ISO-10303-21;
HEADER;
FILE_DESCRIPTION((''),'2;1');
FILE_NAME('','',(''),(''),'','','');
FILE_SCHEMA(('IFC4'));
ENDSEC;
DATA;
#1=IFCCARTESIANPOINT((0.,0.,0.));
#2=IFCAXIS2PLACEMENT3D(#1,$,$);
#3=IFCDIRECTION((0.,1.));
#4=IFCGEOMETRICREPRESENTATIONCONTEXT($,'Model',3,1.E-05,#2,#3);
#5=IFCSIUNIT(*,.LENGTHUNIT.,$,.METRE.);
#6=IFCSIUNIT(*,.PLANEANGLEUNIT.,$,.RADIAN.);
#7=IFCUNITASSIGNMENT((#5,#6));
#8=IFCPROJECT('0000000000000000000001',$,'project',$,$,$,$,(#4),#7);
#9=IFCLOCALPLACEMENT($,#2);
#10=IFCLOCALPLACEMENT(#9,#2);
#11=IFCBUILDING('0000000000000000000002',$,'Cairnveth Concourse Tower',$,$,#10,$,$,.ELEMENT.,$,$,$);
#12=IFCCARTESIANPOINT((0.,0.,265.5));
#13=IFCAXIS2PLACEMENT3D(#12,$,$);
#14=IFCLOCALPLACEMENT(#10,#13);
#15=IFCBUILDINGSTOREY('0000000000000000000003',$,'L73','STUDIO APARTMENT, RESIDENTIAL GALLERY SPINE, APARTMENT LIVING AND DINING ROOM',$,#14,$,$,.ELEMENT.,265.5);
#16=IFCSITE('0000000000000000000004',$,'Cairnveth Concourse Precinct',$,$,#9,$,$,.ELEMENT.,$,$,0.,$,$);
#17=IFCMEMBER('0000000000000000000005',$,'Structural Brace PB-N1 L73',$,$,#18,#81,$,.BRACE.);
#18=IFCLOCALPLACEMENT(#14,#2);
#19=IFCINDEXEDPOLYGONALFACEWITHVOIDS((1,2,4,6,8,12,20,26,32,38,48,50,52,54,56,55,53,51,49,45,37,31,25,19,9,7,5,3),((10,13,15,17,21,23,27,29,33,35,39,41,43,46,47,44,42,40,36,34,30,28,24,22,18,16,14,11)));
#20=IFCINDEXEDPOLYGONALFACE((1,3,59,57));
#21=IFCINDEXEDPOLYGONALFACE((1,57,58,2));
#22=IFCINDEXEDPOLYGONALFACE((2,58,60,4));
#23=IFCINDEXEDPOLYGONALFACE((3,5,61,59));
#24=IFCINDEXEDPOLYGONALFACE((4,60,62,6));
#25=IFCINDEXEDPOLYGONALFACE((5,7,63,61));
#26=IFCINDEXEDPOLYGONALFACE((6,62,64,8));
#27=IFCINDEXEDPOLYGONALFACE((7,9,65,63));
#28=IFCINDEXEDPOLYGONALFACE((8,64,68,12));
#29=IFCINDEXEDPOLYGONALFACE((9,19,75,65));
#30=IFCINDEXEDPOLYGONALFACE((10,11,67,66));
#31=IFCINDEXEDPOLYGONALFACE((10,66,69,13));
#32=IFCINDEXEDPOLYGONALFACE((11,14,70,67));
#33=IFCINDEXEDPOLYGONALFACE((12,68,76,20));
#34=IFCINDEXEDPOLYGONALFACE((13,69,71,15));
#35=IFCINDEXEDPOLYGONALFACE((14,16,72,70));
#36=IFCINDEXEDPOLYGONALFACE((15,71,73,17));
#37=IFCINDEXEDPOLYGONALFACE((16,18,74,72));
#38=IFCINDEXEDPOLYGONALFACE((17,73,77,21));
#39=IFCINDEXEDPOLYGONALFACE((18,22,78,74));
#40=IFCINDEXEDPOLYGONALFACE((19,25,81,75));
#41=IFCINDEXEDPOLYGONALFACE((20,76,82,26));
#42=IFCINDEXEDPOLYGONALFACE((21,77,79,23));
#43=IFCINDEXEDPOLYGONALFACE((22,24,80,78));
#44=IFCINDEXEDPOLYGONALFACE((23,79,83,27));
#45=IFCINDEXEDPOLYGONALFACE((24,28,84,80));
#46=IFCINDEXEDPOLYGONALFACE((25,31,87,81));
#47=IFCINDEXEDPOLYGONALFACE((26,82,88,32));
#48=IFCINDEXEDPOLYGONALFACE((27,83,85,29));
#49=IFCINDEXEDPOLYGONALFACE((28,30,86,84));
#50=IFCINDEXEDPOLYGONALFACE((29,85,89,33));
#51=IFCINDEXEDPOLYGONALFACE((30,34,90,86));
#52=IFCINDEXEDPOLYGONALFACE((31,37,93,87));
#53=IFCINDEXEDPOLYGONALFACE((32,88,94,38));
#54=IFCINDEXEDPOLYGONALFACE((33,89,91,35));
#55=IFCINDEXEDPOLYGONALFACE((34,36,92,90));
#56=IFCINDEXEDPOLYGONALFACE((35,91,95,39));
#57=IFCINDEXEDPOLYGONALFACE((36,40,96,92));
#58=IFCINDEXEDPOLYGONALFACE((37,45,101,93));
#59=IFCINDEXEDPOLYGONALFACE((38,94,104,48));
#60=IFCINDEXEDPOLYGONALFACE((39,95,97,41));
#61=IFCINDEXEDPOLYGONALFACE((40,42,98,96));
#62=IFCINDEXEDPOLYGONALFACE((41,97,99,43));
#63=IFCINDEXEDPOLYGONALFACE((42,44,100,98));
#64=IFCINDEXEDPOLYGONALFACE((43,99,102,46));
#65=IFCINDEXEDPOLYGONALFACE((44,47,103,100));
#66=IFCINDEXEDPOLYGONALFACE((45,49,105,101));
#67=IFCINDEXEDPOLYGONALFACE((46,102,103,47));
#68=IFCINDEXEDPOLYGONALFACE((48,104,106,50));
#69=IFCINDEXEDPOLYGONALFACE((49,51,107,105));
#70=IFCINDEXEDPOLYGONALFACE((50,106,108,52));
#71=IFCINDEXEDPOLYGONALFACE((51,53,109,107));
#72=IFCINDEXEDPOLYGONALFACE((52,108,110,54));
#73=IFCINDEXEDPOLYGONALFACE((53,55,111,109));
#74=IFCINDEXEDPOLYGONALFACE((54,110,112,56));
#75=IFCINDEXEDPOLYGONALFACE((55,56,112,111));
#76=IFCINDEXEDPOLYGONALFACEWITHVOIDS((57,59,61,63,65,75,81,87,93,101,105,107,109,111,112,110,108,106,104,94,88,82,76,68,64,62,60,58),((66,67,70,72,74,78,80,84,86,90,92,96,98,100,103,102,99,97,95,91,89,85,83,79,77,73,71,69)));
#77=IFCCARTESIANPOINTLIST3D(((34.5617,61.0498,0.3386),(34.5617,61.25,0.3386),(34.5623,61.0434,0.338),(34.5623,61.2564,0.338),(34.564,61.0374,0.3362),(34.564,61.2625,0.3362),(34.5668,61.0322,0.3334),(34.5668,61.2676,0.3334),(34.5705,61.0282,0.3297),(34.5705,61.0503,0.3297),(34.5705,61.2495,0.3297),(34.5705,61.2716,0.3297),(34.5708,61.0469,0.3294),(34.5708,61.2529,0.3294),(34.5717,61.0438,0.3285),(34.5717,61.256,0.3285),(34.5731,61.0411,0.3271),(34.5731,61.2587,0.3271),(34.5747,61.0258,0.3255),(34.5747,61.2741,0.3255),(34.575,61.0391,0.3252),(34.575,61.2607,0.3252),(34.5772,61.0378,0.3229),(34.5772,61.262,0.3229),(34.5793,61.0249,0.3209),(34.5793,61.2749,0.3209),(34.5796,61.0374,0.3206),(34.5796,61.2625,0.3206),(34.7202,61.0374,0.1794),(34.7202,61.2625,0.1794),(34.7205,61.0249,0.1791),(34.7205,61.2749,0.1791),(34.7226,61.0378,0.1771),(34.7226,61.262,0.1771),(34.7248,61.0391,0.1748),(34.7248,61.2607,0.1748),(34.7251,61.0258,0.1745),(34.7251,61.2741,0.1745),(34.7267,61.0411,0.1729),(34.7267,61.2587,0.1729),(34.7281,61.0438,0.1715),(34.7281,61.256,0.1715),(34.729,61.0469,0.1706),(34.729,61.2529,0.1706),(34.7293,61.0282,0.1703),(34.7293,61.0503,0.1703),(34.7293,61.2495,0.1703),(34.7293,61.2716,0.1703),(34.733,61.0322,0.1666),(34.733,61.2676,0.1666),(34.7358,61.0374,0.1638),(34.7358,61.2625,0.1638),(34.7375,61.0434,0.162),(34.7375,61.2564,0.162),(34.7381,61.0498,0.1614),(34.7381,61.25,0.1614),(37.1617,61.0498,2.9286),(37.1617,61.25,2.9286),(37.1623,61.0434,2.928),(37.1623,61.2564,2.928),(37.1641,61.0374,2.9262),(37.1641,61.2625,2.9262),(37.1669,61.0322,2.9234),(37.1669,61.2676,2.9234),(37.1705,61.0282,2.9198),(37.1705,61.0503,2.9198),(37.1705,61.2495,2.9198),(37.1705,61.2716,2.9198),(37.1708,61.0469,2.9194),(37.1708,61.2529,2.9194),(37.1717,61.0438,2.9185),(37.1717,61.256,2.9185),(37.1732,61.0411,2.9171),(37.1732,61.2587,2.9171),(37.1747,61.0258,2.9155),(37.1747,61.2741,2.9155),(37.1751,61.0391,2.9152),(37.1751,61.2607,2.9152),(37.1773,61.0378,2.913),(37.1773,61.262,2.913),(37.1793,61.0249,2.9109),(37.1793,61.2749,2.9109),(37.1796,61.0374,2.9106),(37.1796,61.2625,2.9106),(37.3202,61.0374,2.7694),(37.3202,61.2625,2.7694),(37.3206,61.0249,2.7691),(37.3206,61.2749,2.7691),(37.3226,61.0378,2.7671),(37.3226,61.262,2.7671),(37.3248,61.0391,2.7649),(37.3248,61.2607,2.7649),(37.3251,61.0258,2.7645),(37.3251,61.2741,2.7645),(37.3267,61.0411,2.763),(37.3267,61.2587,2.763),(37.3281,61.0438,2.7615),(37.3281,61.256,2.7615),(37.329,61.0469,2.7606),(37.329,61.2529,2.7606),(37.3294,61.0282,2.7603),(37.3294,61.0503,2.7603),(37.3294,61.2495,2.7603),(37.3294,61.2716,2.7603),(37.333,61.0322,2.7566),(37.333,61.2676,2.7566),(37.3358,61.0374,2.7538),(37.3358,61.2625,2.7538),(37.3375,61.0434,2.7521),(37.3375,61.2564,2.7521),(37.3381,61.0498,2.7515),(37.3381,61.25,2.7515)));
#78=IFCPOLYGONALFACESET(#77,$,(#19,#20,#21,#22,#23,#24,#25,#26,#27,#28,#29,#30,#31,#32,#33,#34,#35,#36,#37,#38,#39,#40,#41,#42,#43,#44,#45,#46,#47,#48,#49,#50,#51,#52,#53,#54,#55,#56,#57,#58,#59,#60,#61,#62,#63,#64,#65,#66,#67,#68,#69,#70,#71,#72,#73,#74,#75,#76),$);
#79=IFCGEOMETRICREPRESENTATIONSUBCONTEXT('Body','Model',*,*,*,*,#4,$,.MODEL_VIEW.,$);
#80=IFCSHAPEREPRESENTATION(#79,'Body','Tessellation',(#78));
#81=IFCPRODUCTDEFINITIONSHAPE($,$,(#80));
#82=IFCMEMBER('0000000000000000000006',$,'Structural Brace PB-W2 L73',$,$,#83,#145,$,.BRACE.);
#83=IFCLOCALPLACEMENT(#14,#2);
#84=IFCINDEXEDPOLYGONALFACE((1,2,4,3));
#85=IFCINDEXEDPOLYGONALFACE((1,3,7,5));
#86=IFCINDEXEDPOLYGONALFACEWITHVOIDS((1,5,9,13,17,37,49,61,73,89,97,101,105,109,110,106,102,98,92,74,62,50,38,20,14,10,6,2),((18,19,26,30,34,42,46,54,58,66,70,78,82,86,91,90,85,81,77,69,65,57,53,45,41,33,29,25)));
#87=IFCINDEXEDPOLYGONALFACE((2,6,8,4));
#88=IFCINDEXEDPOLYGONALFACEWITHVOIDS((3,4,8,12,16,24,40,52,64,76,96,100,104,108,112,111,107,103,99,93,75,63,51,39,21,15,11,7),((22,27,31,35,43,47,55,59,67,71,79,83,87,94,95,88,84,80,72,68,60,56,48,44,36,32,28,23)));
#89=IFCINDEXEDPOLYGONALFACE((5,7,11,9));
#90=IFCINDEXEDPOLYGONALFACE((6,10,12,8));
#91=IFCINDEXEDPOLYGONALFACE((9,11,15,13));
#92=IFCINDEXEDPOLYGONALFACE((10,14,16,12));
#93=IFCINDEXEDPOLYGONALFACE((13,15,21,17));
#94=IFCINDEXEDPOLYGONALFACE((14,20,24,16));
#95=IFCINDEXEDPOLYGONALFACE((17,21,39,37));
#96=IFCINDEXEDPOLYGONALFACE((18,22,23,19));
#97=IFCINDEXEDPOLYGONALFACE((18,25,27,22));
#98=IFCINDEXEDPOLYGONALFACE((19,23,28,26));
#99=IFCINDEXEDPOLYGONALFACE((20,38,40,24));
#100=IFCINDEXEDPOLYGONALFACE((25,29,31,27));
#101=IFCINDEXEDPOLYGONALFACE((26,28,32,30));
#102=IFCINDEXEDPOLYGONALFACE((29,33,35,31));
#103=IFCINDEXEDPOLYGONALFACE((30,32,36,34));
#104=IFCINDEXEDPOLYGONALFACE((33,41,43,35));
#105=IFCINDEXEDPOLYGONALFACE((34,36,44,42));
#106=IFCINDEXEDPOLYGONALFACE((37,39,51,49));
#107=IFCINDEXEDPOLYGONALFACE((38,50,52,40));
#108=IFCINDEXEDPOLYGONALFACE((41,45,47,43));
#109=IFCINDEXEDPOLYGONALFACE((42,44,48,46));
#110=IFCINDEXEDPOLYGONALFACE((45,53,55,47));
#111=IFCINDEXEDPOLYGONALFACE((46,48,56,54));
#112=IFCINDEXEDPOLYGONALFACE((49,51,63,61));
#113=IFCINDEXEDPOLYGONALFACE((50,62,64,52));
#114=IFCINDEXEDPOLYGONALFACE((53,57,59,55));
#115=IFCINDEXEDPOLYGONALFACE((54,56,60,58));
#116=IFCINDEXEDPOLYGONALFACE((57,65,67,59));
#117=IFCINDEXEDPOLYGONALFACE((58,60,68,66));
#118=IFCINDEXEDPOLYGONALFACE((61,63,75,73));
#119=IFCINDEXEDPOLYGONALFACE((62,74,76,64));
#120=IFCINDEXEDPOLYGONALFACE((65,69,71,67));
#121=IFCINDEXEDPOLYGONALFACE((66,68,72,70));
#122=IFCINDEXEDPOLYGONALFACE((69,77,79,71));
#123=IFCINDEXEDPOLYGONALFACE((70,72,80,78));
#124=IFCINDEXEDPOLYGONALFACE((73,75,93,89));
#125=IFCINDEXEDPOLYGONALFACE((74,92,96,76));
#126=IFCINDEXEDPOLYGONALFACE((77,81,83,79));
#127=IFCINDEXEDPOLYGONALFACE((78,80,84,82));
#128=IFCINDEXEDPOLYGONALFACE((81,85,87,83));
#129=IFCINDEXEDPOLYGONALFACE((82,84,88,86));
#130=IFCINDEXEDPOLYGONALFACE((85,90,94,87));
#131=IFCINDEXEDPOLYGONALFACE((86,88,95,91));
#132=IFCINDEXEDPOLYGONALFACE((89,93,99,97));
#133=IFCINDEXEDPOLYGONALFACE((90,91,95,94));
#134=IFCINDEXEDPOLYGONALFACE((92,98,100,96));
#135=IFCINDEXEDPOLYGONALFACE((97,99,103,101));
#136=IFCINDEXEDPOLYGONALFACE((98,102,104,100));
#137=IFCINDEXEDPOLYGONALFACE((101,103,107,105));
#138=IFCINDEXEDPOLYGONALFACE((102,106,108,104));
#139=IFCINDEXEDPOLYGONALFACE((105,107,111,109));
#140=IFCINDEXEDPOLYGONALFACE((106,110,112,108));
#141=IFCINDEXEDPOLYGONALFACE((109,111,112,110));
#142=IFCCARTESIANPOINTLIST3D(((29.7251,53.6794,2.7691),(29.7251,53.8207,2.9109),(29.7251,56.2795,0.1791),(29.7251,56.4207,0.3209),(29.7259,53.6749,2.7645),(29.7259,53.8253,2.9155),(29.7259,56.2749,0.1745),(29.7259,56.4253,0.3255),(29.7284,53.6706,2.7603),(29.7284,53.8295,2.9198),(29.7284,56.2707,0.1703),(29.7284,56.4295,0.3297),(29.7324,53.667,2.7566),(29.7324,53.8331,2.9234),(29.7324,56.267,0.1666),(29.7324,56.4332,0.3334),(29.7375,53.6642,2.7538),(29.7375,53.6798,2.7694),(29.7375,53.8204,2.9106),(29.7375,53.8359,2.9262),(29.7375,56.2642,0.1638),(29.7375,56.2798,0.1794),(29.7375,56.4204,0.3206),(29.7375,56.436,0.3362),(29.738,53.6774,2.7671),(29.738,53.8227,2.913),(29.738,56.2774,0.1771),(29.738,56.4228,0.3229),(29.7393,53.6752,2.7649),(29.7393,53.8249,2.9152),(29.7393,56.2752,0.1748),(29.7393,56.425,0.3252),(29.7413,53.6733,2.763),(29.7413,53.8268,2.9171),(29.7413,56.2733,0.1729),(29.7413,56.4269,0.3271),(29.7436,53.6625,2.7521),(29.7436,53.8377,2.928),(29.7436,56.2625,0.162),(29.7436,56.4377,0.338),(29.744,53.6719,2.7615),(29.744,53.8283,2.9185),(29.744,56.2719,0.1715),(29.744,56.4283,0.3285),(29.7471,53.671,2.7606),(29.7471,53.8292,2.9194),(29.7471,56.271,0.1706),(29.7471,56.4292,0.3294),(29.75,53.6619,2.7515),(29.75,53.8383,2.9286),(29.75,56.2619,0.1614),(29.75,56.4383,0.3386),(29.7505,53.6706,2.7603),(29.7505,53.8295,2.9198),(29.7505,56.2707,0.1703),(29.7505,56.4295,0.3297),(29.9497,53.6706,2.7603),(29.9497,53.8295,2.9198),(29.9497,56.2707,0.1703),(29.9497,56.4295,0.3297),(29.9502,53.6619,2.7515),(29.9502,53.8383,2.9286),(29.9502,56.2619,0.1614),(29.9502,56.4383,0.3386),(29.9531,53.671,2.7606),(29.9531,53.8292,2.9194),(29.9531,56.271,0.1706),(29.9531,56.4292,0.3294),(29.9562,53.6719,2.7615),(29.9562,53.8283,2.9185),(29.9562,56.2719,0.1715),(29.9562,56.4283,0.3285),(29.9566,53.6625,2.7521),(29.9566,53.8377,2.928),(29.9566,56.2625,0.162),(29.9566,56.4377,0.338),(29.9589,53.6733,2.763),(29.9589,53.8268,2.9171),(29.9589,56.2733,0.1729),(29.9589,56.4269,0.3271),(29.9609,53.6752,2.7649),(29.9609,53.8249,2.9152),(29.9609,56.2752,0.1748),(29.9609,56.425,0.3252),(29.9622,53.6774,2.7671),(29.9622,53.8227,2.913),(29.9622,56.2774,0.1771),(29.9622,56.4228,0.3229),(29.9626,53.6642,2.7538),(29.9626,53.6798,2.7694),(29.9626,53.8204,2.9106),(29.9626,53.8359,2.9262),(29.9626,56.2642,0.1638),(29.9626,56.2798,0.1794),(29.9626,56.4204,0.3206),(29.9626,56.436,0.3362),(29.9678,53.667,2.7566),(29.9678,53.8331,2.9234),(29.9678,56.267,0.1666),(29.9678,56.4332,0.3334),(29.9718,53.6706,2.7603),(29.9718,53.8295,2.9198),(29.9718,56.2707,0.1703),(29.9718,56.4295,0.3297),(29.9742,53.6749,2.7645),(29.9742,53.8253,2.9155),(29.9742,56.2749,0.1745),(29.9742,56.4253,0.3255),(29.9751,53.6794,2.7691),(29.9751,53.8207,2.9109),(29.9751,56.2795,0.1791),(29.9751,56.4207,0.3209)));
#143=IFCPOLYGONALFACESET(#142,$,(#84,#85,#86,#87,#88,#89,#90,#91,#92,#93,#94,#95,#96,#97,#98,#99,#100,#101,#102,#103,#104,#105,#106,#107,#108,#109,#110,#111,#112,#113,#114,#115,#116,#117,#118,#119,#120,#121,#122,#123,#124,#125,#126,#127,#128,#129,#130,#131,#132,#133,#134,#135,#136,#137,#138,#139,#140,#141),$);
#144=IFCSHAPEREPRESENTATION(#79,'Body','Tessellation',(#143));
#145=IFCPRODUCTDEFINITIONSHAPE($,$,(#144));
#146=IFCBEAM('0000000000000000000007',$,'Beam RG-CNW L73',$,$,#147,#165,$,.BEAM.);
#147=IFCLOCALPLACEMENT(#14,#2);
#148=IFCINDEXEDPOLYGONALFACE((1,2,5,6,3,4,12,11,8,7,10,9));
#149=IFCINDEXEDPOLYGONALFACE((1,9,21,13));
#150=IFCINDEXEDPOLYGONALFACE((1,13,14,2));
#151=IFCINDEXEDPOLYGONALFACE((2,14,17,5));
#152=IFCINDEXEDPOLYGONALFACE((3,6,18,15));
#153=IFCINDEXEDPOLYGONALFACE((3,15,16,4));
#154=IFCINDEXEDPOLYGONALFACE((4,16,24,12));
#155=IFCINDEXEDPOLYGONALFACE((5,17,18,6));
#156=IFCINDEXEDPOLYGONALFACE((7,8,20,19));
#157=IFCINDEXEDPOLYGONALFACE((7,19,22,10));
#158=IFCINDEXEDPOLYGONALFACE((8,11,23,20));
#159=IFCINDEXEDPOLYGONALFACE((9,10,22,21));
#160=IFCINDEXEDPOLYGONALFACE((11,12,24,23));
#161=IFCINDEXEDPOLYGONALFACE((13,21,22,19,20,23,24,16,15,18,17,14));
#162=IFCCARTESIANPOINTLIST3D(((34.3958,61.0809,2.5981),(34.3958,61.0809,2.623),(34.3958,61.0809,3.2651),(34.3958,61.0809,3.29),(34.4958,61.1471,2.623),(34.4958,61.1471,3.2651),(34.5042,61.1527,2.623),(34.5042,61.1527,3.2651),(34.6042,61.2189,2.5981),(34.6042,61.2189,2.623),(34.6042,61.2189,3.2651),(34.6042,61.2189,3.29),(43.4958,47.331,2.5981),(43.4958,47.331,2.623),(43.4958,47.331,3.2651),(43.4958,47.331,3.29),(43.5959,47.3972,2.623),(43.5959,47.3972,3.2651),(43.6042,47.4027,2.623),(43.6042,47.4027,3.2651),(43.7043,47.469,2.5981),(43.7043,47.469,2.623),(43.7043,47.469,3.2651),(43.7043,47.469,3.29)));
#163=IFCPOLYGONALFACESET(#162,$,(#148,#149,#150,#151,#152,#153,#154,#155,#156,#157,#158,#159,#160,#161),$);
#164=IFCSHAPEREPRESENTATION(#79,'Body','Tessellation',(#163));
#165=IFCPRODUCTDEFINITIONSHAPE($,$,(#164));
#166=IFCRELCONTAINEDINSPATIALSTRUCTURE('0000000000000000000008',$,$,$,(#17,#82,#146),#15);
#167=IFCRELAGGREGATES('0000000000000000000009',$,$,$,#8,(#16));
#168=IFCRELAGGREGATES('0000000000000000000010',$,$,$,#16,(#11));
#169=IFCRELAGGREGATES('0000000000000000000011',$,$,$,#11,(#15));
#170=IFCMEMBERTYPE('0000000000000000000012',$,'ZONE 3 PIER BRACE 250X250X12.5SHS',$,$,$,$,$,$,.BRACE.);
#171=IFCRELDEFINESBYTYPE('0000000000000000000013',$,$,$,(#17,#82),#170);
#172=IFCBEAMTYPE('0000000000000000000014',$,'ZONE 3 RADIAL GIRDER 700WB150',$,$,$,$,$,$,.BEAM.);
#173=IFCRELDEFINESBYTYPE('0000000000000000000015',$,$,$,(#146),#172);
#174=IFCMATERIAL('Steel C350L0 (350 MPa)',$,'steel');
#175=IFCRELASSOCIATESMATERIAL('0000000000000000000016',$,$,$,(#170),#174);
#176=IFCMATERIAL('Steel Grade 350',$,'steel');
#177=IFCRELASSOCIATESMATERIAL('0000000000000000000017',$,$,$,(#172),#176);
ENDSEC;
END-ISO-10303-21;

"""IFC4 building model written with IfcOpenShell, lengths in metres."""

from ifc_helpers import new_model, si_unit, direction, frame, origin, origin_2d, place, context, subcontext, project, spatial, hollow_rectangle, i_section, extrude, material, material_profile, profile_set, type_object, element, save


model = new_model("IFC4")

# Units and contexts
model_context = context("Model", 3, precision=1e-05, world=origin(), true_north=direction((0.0, 1.0)))
body_context = subcontext(model_context, "Body", "Model", "MODEL_VIEW")
ifc_project = project(units=[si_unit("LENGTHUNIT", "METRE"), si_unit("PLANEANGLEUNIT", "RADIAN")], contexts=[model_context])

# Site, building, storey
site_placement = place(None, origin())
site = spatial("IfcSite", under=ifc_project, at=site_placement, Name="Cairnveth Concourse Precinct", CompositionType="ELEMENT", RefElevation=0.0)
building_placement = place(site_placement, origin())
building = spatial("IfcBuilding", under=site, at=building_placement, Name="Cairnveth Concourse Tower", CompositionType="ELEMENT")
storey_placement = place(building_placement, frame((0.0, 0.0, 265.5)))
storey = spatial("IfcBuildingStorey", under=building, at=storey_placement, Name="L73", Description="STUDIO APARTMENT, RESIDENTIAL GALLERY SPINE, APARTMENT LIVING AND DINING ROOM", CompositionType="ELEMENT", Elevation=265.5)

# Shared definitions
ifc_material_1 = material(Name="Steel Grade 350", Category="steel")

# Members
ifc_material_2 = material(Name="Steel C350L0 (350 MPa)", Category="steel")
ifc_material_profile_1 = material_profile(ifc_material_2, hollow_rectangle(XDim=0.25, YDim=0.25, WallThickness=0.0125, InnerFilletRadius=0.0129, OuterFilletRadius=0.0249, at=origin_2d()), Name="250x250x12.5SHS")
ifc_profile_set_1 = profile_set([ifc_material_profile_1], Name="Steel C350L0 (350 MPa)")
member_type = type_object("IfcMemberType", Name="ZONE 3 PIER BRACE 250X250X12.5SHS", PredefinedType="BRACE", material=ifc_profile_set_1)
for number, where, z_axis, x_axis, name in (
    (1, (34.6499, 61.1499, 0.25), (0.708469, 0.0, 0.705742), (0.0, 1.0, 0.0), "Structural Brace PB-N1 L73"),
    (2, (29.8501, 56.3501, 0.25), (0.0, -0.708469, 0.705742), (1.0, 0.0, 0.0), "Structural Brace PB-W2 L73"),
):
    element("IfcMember", number, at=place(storey_placement, frame(where, z_axis=z_axis, x_axis=x_axis)), inside=storey, type_object=member_type, Name=name, PredefinedType="BRACE", context=body_context, shape_type="SweptSolid", body=[
        extrude(hollow_rectangle(XDim=0.25, YDim=0.25, WallThickness=0.0125, InnerFilletRadius=0.0129, OuterFilletRadius=0.0249, at=origin_2d()), origin(), (0.0, 0.0, 1.0), 3.6699),
    ])

# Beam
ifc_material_profile_2 = material_profile(ifc_material_1, i_section(OverallWidth=0.25, OverallDepth=0.6919, WebThickness=0.01, FlangeThickness=0.0249, at=origin_2d()), Name="700WB150")
ifc_profile_set_2 = profile_set([ifc_material_profile_2], Name="Steel Grade 350")
beam_type_1 = type_object("IfcBeamType", Name="ZONE 3 RADIAL GIRDER 700WB150", PredefinedType="BEAM", material=ifc_profile_set_2)
beam_1_placement = place(storey_placement, frame((34.5, 61.1499, 2.9441), z_axis=(0.551902, -0.833909, 0.0), x_axis=(0.833909, 0.551902, 0.0)))
element("IfcBeam", 3, at=beam_1_placement, inside=storey, type_object=beam_type_1, Name="Beam RG-CNW L73", PredefinedType="BEAM", context=body_context, shape_type="SweptSolid", body=[
    extrude(i_section(OverallWidth=0.25, OverallDepth=0.6919, WebThickness=0.01, FlangeThickness=0.0249, at=origin_2d()), origin(), (0.0, 0.0, 1.0), 16.4885),
])

save(model, "model.ifc")
